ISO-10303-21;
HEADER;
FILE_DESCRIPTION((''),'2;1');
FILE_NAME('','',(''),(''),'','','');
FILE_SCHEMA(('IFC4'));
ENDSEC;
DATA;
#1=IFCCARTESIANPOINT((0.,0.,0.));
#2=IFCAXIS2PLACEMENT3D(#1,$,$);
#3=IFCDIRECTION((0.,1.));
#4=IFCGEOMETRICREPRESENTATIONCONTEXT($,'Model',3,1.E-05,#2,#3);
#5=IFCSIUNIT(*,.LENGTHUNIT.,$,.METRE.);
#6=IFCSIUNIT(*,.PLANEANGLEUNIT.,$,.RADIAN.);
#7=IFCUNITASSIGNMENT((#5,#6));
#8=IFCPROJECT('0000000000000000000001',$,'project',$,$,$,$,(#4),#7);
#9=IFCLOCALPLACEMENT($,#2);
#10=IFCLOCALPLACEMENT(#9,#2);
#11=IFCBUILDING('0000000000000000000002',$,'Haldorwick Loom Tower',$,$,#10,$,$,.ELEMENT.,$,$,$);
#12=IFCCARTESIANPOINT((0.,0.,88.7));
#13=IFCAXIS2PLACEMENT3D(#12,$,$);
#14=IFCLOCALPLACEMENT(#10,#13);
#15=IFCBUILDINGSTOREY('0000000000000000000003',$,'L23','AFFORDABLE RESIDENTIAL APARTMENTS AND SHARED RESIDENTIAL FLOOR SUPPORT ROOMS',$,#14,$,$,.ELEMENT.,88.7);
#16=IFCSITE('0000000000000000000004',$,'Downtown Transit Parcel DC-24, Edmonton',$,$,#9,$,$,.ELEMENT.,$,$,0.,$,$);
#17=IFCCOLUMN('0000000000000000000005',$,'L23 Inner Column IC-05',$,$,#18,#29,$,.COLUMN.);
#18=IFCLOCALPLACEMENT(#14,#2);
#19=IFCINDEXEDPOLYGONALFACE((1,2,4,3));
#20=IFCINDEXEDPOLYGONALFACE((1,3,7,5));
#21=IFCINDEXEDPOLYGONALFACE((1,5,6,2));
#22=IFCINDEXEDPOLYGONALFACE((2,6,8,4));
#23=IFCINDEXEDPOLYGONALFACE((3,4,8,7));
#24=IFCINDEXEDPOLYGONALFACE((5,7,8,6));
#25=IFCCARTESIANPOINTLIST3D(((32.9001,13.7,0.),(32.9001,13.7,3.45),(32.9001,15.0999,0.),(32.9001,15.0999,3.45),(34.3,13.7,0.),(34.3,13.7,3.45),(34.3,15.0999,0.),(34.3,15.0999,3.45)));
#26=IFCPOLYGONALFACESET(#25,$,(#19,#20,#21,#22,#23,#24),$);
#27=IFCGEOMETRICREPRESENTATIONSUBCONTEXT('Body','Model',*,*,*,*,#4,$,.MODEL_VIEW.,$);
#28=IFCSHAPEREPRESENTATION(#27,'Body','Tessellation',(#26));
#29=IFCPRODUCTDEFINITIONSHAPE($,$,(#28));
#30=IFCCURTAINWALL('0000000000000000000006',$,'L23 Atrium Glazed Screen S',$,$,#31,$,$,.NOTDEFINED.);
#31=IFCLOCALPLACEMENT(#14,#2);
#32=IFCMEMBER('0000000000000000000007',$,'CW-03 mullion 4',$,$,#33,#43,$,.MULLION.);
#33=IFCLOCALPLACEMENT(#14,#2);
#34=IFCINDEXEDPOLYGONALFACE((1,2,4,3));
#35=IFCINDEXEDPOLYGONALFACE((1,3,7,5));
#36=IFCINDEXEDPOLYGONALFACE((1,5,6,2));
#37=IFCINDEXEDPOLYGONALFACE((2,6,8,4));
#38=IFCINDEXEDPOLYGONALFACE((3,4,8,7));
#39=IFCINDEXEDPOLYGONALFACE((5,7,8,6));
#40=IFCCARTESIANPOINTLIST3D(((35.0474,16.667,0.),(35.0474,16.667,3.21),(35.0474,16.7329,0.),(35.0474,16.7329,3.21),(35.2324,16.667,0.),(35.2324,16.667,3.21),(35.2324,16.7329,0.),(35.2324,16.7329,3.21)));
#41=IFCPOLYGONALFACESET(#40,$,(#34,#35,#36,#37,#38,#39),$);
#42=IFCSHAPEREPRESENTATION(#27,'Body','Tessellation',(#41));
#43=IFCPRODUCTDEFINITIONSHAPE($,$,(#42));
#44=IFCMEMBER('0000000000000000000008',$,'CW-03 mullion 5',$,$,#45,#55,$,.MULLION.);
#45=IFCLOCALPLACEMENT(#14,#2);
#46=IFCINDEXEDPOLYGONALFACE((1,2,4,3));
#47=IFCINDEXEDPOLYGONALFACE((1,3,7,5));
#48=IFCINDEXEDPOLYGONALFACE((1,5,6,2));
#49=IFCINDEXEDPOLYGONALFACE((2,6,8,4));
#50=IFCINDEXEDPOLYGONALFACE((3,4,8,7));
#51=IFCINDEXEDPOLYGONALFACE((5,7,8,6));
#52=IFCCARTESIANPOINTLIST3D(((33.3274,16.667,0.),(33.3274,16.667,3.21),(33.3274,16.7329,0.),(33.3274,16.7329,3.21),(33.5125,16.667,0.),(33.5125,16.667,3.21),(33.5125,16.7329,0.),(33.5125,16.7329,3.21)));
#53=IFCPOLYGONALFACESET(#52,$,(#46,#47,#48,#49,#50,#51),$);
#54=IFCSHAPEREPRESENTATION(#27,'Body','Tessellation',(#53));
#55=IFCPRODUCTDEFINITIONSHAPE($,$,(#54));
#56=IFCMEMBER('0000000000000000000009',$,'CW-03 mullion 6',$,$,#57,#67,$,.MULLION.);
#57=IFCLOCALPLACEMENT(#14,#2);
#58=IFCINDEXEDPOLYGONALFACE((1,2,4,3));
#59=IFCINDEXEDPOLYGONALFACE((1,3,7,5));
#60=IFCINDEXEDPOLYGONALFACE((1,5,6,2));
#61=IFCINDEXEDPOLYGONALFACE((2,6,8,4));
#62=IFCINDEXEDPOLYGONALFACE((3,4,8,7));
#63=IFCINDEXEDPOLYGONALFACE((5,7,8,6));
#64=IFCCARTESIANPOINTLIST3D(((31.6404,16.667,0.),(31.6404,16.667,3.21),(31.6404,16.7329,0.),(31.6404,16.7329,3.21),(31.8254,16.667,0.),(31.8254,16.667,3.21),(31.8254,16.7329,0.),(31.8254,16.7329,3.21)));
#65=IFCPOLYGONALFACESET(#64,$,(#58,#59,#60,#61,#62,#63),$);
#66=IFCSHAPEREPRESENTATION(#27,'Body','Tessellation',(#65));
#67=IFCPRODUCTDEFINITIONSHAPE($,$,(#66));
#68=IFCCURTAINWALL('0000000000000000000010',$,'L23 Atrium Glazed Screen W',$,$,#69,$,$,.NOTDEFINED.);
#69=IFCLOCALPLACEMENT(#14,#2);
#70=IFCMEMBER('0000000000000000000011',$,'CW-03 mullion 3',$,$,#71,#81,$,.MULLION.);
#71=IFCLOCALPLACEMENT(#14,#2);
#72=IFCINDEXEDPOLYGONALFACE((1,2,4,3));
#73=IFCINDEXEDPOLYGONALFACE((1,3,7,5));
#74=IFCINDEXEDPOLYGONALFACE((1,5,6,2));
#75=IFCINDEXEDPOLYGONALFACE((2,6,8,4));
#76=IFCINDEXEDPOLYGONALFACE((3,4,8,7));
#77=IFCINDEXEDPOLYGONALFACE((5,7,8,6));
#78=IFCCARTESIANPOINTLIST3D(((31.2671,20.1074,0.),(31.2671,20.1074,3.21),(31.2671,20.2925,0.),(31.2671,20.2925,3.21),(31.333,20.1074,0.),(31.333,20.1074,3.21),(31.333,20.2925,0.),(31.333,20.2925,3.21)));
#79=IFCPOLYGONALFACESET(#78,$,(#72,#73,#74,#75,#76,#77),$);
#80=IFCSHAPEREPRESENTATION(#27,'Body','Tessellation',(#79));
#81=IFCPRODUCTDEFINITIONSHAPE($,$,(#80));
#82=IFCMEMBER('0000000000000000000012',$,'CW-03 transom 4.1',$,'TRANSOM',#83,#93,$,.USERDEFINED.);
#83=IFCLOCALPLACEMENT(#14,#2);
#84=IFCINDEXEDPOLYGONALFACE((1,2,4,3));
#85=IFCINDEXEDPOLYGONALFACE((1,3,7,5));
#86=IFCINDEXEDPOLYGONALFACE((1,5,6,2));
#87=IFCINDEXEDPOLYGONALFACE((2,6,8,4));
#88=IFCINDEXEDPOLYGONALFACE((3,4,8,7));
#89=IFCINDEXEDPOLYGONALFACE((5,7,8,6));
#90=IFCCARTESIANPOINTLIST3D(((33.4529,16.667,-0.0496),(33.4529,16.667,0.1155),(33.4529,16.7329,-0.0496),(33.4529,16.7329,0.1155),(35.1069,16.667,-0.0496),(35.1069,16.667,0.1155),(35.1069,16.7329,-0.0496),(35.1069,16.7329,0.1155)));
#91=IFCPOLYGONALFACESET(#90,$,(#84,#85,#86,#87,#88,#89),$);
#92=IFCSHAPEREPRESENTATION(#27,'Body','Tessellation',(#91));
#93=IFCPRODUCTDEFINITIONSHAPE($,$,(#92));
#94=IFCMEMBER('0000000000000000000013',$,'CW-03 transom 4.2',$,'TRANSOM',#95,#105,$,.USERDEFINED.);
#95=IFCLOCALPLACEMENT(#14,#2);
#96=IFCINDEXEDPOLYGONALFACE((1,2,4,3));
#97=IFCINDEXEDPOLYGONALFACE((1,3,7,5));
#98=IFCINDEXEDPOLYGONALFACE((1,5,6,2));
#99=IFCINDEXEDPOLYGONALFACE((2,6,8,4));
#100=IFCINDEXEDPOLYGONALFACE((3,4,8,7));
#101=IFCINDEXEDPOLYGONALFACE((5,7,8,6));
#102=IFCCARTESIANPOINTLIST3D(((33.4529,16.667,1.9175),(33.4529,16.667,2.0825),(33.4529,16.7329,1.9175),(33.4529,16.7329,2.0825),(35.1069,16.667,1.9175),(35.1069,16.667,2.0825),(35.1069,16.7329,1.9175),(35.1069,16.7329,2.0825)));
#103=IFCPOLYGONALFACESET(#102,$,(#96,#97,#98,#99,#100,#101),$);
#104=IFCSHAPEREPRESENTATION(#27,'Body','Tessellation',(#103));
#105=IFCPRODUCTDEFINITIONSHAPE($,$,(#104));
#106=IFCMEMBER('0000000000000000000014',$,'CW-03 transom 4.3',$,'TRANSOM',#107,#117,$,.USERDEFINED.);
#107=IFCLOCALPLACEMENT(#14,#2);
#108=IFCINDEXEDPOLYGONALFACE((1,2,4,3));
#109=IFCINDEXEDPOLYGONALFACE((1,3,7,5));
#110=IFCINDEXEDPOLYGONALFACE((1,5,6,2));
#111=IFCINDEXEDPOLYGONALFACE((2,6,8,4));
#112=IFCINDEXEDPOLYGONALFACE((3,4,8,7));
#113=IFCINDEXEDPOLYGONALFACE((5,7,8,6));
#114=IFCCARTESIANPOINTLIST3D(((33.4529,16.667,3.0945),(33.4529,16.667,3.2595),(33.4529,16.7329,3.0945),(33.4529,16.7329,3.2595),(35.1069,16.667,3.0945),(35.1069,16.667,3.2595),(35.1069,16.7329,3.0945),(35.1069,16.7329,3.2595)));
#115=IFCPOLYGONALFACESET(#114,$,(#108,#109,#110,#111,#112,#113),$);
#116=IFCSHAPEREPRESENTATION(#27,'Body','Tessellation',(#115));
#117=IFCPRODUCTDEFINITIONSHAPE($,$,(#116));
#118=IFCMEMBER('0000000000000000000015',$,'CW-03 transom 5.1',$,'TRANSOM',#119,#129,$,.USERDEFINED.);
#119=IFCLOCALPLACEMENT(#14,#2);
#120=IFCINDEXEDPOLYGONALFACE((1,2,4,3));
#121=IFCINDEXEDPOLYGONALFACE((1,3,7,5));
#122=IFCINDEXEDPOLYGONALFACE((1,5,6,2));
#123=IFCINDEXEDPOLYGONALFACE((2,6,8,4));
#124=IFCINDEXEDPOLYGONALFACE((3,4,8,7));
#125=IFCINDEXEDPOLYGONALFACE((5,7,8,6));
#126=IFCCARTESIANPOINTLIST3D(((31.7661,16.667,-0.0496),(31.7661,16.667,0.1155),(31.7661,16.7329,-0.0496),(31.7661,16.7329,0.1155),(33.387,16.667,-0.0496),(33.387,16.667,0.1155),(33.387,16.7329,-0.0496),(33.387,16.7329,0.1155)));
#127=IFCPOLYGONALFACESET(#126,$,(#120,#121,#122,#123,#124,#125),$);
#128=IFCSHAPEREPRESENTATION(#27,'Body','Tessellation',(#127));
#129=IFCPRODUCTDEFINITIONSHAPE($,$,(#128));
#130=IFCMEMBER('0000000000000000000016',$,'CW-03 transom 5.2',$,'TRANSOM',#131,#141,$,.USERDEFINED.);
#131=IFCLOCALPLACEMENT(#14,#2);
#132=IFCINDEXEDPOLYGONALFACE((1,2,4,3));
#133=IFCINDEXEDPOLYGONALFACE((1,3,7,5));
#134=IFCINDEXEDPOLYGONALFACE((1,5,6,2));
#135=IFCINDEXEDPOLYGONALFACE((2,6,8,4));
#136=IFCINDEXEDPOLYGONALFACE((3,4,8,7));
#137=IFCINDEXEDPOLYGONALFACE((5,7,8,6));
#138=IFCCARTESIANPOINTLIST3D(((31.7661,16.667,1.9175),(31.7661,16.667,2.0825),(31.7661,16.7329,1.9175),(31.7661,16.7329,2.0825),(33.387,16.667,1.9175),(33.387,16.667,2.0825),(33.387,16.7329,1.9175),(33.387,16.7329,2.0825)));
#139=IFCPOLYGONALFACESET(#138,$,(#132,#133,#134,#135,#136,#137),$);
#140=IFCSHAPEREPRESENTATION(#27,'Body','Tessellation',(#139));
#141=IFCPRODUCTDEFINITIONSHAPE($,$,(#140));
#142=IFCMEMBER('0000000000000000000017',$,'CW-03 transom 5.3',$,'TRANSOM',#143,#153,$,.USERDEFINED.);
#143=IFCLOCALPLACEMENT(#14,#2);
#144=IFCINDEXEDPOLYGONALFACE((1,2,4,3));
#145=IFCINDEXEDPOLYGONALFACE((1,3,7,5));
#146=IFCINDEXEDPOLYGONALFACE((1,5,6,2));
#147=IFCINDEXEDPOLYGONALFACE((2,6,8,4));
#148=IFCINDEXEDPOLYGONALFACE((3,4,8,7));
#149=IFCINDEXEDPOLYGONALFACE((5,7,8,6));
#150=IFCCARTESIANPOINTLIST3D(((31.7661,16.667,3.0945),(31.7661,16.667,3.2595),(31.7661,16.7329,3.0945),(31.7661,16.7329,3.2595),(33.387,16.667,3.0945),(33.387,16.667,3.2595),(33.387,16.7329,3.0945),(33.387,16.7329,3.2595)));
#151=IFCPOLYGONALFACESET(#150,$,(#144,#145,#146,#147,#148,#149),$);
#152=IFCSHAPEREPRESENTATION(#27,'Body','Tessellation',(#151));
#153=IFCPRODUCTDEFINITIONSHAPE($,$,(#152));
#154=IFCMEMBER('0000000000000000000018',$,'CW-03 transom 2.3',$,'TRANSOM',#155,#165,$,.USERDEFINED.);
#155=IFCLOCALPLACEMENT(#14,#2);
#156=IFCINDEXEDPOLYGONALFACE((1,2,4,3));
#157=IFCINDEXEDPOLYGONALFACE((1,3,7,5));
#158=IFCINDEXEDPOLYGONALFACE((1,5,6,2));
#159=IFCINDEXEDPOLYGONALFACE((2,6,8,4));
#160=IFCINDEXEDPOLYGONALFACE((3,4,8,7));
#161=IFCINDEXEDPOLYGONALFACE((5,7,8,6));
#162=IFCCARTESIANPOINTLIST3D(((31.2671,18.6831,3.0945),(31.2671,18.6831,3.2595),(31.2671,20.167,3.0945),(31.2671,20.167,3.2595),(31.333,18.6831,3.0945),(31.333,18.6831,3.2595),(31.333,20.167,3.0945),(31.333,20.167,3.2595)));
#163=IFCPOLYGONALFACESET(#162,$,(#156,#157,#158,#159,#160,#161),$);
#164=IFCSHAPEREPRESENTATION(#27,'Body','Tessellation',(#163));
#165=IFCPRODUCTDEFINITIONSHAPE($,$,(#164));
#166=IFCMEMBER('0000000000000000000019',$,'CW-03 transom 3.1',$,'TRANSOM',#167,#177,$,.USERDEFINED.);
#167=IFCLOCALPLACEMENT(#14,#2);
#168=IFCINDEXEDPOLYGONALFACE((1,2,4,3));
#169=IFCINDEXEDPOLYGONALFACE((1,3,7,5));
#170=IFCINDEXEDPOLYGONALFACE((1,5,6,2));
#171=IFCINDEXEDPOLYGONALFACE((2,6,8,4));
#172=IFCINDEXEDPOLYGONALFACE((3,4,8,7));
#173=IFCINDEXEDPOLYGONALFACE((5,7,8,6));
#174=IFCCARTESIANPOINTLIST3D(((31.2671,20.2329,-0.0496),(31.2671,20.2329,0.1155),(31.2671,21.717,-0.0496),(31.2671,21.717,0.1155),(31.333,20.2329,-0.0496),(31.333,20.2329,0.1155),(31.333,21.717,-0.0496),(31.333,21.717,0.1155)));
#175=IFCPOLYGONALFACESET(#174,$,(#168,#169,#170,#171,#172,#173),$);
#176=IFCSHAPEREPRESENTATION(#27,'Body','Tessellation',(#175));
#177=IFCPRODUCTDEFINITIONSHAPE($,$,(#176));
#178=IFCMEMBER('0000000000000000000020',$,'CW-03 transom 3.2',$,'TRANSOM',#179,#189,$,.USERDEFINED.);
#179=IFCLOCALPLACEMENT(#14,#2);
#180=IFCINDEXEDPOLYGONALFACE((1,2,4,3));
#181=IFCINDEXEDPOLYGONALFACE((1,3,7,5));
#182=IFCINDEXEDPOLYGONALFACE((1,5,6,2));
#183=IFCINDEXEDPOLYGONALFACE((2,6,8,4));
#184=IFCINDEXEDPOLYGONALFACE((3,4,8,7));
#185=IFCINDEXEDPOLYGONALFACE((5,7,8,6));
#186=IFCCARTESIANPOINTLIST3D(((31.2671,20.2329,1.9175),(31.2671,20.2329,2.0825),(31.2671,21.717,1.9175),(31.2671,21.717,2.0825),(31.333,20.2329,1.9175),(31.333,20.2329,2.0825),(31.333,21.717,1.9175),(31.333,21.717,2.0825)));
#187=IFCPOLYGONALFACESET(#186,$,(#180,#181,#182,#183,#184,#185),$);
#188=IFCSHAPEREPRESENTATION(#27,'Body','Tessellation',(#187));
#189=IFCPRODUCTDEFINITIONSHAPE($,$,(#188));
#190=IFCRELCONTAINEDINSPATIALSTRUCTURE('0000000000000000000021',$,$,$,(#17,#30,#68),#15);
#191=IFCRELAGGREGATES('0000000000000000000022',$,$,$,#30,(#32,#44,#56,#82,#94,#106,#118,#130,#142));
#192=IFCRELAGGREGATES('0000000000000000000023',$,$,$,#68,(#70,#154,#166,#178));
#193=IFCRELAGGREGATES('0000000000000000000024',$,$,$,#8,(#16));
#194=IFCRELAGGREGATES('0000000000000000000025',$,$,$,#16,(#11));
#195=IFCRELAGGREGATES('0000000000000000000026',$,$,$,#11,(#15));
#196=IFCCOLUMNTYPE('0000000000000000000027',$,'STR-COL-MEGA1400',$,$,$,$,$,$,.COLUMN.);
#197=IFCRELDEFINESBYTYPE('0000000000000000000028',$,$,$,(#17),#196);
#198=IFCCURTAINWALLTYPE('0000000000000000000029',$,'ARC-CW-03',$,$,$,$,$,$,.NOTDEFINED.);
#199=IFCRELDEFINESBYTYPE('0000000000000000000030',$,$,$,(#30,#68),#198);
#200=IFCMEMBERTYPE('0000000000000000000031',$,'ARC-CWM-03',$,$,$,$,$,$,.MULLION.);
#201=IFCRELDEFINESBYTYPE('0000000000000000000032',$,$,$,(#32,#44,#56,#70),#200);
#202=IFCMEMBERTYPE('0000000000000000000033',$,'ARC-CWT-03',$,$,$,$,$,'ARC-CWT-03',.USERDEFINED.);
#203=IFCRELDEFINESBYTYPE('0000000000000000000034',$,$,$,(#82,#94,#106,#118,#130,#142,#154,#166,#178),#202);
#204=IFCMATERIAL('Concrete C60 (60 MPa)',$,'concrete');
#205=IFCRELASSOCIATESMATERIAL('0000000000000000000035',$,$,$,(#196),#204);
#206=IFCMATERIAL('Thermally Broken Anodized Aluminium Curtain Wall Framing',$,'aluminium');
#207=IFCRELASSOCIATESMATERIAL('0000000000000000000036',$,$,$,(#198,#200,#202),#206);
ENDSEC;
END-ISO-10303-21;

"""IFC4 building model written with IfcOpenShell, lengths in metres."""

from ifc_helpers import new_model, si_unit, direction, frame, origin, origin_2d, place, context, subcontext, project, spatial, rectangle, extrude, material, material_profile, profile_set, type_object, element, aggregate, save


model = new_model("IFC4")

# Units and contexts
model_context = context("Model", 3, precision=1e-05, world=origin(), true_north=direction((0.0, 1.0)))
body_context = subcontext(model_context, "Body", "Model", "MODEL_VIEW")
ifc_project = project(units=[si_unit("LENGTHUNIT", "METRE"), si_unit("PLANEANGLEUNIT", "RADIAN")], contexts=[model_context])

# Site, building, storey
site_placement = place(None, origin())
site = spatial("IfcSite", under=ifc_project, at=site_placement, Name="Downtown Transit Parcel DC-24, Edmonton", CompositionType="ELEMENT", RefElevation=0.0)
building_placement = place(site_placement, origin())
building = spatial("IfcBuilding", under=site, at=building_placement, Name="Haldorwick Loom Tower", CompositionType="ELEMENT")
storey_placement = place(building_placement, frame((0.0, 0.0, 88.7)))
storey = spatial("IfcBuildingStorey", under=building, at=storey_placement, Name="L23", Description="AFFORDABLE RESIDENTIAL APARTMENTS AND SHARED RESIDENTIAL FLOOR SUPPORT ROOMS", CompositionType="ELEMENT", Elevation=88.7)

# Column
ifc_material_1 = material(Name="Concrete C60 (60 MPa)", Category="concrete")
ifc_material_profile_1 = material_profile(ifc_material_1, rectangle(XDim=1.3999, YDim=1.3999, at=origin_2d()), Name="RC1400X1400", Category="concrete")
ifc_profile_set_1 = profile_set([ifc_material_profile_1], Name="Concrete C60 (60 MPa)")
column_type = type_object("IfcColumnType", Name="STR-COL-MEGA1400", PredefinedType="COLUMN", material=ifc_profile_set_1)
column_placement = place(storey_placement, frame((33.6001, 14.3999, 0.0), z_axis=(0.0, 0.0, 1.0), x_axis=(1.0, 0.0, 0.0)))
element("IfcColumn", 1, at=column_placement, inside=storey, type_object=column_type, Name="L23 Inner Column IC-05", PredefinedType="COLUMN", context=body_context, shape_type="SweptSolid", body=[
    extrude(rectangle(XDim=1.3999, YDim=1.3999, at=origin_2d()), origin(), (0.0, 0.0, 1.0), 3.45),
])

# Curtain wall, members
ifc_material_2 = material(Name="Thermally Broken Anodized Aluminium Curtain Wall Framing", Category="aluminium")
curtain_wall_type = type_object("IfcCurtainWallType", Name="ARC-CW-03", PredefinedType="NOTDEFINED", material=ifc_material_2)
curtain_wall_1_placement = place(storey_placement, origin())
curtain_wall_1 = element("IfcCurtainWall", 2, at=curtain_wall_1_placement, inside=storey, type_object=curtain_wall_type, Name="L23 Atrium Glazed Screen S", PredefinedType="NOTDEFINED")
ifc_material_profile_2 = material_profile(ifc_material_2, rectangle(XDim=0.0659, YDim=0.1851, at=origin_2d()), Name="ALU_MUL_66X185", Category="aluminium")
ifc_profile_set_2 = profile_set([ifc_material_profile_2], Name="Thermally Broken Anodized Aluminium Curtain Wall Framing")
member_type_1 = type_object("IfcMemberType", Name="ARC-CWM-03", PredefinedType="MULLION", material=ifc_profile_set_2)
member_1_placement = place(storey_placement, frame((35.1399, 16.7, 0.0), z_axis=(0.0, 0.0, 1.0), x_axis=(0.0, -1.0, 0.0)))
member_1 = element("IfcMember", 3, at=member_1_placement, type_object=member_type_1, Name="CW-03 mullion 4", PredefinedType="MULLION", context=body_context, shape_type="SweptSolid", body=[
    extrude(rectangle(XDim=0.0659, YDim=0.1851, at=origin_2d()), origin(), (0.0, 0.0, 1.0), 3.21),
])
member_2_placement = place(storey_placement, frame((33.4199, 16.7, 0.0), z_axis=(0.0, 0.0, 1.0), x_axis=(0.0, -1.0, 0.0)))
member_2 = element("IfcMember", 4, at=member_2_placement, type_object=member_type_1, Name="CW-03 mullion 5", PredefinedType="MULLION", context=body_context, shape_type="SweptSolid", body=[
    extrude(rectangle(XDim=0.0659, YDim=0.1851, at=origin_2d()), origin(), (0.0, 0.0, 1.0), 3.21),
])
member_3_placement = place(storey_placement, frame((31.7329, 16.7, 0.0), z_axis=(0.0, 0.0, 1.0), x_axis=(0.0, -1.0, 0.0)))
member_3 = element("IfcMember", 5, at=member_3_placement, type_object=member_type_1, Name="CW-03 mullion 6", PredefinedType="MULLION", context=body_context, shape_type="SweptSolid", body=[
    extrude(rectangle(XDim=0.0659, YDim=0.1851, at=origin_2d()), origin(), (0.0, 0.0, 1.0), 3.21),
])

# Curtain wall, member
curtain_wall_2_placement = place(storey_placement, origin())
curtain_wall_2 = element("IfcCurtainWall", 6, at=curtain_wall_2_placement, inside=storey, type_object=curtain_wall_type, Name="L23 Atrium Glazed Screen W", PredefinedType="NOTDEFINED")
member_4_placement = place(storey_placement, frame((31.3, 20.2, 0.0), z_axis=(0.0, 0.0, 1.0), x_axis=(-1.0, 0.0, 0.0)))
member_4 = element("IfcMember", 7, at=member_4_placement, type_object=member_type_1, Name="CW-03 mullion 3", PredefinedType="MULLION", context=body_context, shape_type="SweptSolid", body=[
    extrude(rectangle(XDim=0.0659, YDim=0.1851, at=origin_2d()), origin(), (0.0, 0.0, 1.0), 3.21),
])

# Members
ifc_material_profile_3 = material_profile(ifc_material_2, rectangle(XDim=0.0659, YDim=0.165, at=origin_2d()), Name="ALU_TRN_66X165", Category="aluminium")
ifc_profile_set_3 = profile_set([ifc_material_profile_3], Name="Thermally Broken Anodized Aluminium Curtain Wall Framing")
member_type_2 = type_object("IfcMemberType", Name="ARC-CWT-03", ElementType="ARC-CWT-03", PredefinedType="USERDEFINED", material=ifc_profile_set_3)
member_5_placement = place(storey_placement, frame((35.1069, 16.7, 0.033), z_axis=(-1.0, 0.0, 0.0), x_axis=(0.0, -1.0, 0.0)))
member_5 = element("IfcMember", 8, at=member_5_placement, type_object=member_type_2, Name="CW-03 transom 4.1", ObjectType="TRANSOM", PredefinedType="USERDEFINED", context=body_context, shape_type="SweptSolid", body=[
    extrude(rectangle(XDim=0.0659, YDim=0.165, at=origin_2d()), origin(), (0.0, 0.0, 1.0), 1.6541),
])
member_6_placement = place(storey_placement, frame((35.1069, 16.7, 2.0), z_axis=(-1.0, 0.0, 0.0), x_axis=(0.0, -1.0, 0.0)))
member_6 = element("IfcMember", 9, at=member_6_placement, type_object=member_type_2, Name="CW-03 transom 4.2", ObjectType="TRANSOM", PredefinedType="USERDEFINED", context=body_context, shape_type="SweptSolid", body=[
    extrude(rectangle(XDim=0.0659, YDim=0.165, at=origin_2d()), origin(), (0.0, 0.0, 1.0), 1.6541),
])
member_7_placement = place(storey_placement, frame((35.1069, 16.7, 3.177), z_axis=(-1.0, 0.0, 0.0), x_axis=(0.0, -1.0, 0.0)))
member_7 = element("IfcMember", 10, at=member_7_placement, type_object=member_type_2, Name="CW-03 transom 4.3", ObjectType="TRANSOM", PredefinedType="USERDEFINED", context=body_context, shape_type="SweptSolid", body=[
    extrude(rectangle(XDim=0.0659, YDim=0.165, at=origin_2d()), origin(), (0.0, 0.0, 1.0), 1.6541),
])
member_8_placement = place(storey_placement, frame((33.387, 16.7, 0.033), z_axis=(-1.0, 0.0, 0.0), x_axis=(0.0, -1.0, 0.0)))
member_8 = element("IfcMember", 11, at=member_8_placement, type_object=member_type_2, Name="CW-03 transom 5.1", ObjectType="TRANSOM", PredefinedType="USERDEFINED", context=body_context, shape_type="SweptSolid", body=[
    extrude(rectangle(XDim=0.0659, YDim=0.165, at=origin_2d()), origin(), (0.0, 0.0, 1.0), 1.6208),
])
member_9_placement = place(storey_placement, frame((33.387, 16.7, 2.0), z_axis=(-1.0, 0.0, 0.0), x_axis=(0.0, -1.0, 0.0)))
member_9 = element("IfcMember", 12, at=member_9_placement, type_object=member_type_2, Name="CW-03 transom 5.2", ObjectType="TRANSOM", PredefinedType="USERDEFINED", context=body_context, shape_type="SweptSolid", body=[
    extrude(rectangle(XDim=0.0659, YDim=0.165, at=origin_2d()), origin(), (0.0, 0.0, 1.0), 1.6208),
])
member_10_placement = place(storey_placement, frame((33.387, 16.7, 3.177), z_axis=(-1.0, 0.0, 0.0), x_axis=(0.0, -1.0, 0.0)))
member_10 = element("IfcMember", 13, at=member_10_placement, type_object=member_type_2, Name="CW-03 transom 5.3", ObjectType="TRANSOM", PredefinedType="USERDEFINED", context=body_context, shape_type="SweptSolid", body=[
    extrude(rectangle(XDim=0.0659, YDim=0.165, at=origin_2d()), origin(), (0.0, 0.0, 1.0), 1.6208),
])
member_11_placement = place(storey_placement, frame((31.3, 18.6831, 3.177), z_axis=(0.0, 1.0, 0.0), x_axis=(-1.0, 0.0, 0.0)))
member_11 = element("IfcMember", 14, at=member_11_placement, type_object=member_type_2, Name="CW-03 transom 2.3", ObjectType="TRANSOM", PredefinedType="USERDEFINED", context=body_context, shape_type="SweptSolid", body=[
    extrude(rectangle(XDim=0.0659, YDim=0.165, at=origin_2d()), origin(), (0.0, 0.0, 1.0), 1.4839),
])
member_12_placement = place(storey_placement, frame((31.3, 20.2329, 0.033), z_axis=(0.0, 1.0, 0.0), x_axis=(-1.0, 0.0, 0.0)))
member_12 = element("IfcMember", 15, at=member_12_placement, type_object=member_type_2, Name="CW-03 transom 3.1", ObjectType="TRANSOM", PredefinedType="USERDEFINED", context=body_context, shape_type="SweptSolid", body=[
    extrude(rectangle(XDim=0.0659, YDim=0.165, at=origin_2d()), origin(), (0.0, 0.0, 1.0), 1.4841),
])
member_13_placement = place(storey_placement, frame((31.3, 20.2329, 2.0), z_axis=(0.0, 1.0, 0.0), x_axis=(-1.0, 0.0, 0.0)))
member_13 = element("IfcMember", 16, at=member_13_placement, type_object=member_type_2, Name="CW-03 transom 3.2", ObjectType="TRANSOM", PredefinedType="USERDEFINED", context=body_context, shape_type="SweptSolid", body=[
    extrude(rectangle(XDim=0.0659, YDim=0.165, at=origin_2d()), origin(), (0.0, 0.0, 1.0), 1.4841),
])

aggregate(curtain_wall_1, [member_1, member_2, member_3, member_5, member_6, member_7, member_8, member_9, member_10])
aggregate(curtain_wall_2, [member_4, member_11, member_12, member_13])

save(model, "model.ifc")
